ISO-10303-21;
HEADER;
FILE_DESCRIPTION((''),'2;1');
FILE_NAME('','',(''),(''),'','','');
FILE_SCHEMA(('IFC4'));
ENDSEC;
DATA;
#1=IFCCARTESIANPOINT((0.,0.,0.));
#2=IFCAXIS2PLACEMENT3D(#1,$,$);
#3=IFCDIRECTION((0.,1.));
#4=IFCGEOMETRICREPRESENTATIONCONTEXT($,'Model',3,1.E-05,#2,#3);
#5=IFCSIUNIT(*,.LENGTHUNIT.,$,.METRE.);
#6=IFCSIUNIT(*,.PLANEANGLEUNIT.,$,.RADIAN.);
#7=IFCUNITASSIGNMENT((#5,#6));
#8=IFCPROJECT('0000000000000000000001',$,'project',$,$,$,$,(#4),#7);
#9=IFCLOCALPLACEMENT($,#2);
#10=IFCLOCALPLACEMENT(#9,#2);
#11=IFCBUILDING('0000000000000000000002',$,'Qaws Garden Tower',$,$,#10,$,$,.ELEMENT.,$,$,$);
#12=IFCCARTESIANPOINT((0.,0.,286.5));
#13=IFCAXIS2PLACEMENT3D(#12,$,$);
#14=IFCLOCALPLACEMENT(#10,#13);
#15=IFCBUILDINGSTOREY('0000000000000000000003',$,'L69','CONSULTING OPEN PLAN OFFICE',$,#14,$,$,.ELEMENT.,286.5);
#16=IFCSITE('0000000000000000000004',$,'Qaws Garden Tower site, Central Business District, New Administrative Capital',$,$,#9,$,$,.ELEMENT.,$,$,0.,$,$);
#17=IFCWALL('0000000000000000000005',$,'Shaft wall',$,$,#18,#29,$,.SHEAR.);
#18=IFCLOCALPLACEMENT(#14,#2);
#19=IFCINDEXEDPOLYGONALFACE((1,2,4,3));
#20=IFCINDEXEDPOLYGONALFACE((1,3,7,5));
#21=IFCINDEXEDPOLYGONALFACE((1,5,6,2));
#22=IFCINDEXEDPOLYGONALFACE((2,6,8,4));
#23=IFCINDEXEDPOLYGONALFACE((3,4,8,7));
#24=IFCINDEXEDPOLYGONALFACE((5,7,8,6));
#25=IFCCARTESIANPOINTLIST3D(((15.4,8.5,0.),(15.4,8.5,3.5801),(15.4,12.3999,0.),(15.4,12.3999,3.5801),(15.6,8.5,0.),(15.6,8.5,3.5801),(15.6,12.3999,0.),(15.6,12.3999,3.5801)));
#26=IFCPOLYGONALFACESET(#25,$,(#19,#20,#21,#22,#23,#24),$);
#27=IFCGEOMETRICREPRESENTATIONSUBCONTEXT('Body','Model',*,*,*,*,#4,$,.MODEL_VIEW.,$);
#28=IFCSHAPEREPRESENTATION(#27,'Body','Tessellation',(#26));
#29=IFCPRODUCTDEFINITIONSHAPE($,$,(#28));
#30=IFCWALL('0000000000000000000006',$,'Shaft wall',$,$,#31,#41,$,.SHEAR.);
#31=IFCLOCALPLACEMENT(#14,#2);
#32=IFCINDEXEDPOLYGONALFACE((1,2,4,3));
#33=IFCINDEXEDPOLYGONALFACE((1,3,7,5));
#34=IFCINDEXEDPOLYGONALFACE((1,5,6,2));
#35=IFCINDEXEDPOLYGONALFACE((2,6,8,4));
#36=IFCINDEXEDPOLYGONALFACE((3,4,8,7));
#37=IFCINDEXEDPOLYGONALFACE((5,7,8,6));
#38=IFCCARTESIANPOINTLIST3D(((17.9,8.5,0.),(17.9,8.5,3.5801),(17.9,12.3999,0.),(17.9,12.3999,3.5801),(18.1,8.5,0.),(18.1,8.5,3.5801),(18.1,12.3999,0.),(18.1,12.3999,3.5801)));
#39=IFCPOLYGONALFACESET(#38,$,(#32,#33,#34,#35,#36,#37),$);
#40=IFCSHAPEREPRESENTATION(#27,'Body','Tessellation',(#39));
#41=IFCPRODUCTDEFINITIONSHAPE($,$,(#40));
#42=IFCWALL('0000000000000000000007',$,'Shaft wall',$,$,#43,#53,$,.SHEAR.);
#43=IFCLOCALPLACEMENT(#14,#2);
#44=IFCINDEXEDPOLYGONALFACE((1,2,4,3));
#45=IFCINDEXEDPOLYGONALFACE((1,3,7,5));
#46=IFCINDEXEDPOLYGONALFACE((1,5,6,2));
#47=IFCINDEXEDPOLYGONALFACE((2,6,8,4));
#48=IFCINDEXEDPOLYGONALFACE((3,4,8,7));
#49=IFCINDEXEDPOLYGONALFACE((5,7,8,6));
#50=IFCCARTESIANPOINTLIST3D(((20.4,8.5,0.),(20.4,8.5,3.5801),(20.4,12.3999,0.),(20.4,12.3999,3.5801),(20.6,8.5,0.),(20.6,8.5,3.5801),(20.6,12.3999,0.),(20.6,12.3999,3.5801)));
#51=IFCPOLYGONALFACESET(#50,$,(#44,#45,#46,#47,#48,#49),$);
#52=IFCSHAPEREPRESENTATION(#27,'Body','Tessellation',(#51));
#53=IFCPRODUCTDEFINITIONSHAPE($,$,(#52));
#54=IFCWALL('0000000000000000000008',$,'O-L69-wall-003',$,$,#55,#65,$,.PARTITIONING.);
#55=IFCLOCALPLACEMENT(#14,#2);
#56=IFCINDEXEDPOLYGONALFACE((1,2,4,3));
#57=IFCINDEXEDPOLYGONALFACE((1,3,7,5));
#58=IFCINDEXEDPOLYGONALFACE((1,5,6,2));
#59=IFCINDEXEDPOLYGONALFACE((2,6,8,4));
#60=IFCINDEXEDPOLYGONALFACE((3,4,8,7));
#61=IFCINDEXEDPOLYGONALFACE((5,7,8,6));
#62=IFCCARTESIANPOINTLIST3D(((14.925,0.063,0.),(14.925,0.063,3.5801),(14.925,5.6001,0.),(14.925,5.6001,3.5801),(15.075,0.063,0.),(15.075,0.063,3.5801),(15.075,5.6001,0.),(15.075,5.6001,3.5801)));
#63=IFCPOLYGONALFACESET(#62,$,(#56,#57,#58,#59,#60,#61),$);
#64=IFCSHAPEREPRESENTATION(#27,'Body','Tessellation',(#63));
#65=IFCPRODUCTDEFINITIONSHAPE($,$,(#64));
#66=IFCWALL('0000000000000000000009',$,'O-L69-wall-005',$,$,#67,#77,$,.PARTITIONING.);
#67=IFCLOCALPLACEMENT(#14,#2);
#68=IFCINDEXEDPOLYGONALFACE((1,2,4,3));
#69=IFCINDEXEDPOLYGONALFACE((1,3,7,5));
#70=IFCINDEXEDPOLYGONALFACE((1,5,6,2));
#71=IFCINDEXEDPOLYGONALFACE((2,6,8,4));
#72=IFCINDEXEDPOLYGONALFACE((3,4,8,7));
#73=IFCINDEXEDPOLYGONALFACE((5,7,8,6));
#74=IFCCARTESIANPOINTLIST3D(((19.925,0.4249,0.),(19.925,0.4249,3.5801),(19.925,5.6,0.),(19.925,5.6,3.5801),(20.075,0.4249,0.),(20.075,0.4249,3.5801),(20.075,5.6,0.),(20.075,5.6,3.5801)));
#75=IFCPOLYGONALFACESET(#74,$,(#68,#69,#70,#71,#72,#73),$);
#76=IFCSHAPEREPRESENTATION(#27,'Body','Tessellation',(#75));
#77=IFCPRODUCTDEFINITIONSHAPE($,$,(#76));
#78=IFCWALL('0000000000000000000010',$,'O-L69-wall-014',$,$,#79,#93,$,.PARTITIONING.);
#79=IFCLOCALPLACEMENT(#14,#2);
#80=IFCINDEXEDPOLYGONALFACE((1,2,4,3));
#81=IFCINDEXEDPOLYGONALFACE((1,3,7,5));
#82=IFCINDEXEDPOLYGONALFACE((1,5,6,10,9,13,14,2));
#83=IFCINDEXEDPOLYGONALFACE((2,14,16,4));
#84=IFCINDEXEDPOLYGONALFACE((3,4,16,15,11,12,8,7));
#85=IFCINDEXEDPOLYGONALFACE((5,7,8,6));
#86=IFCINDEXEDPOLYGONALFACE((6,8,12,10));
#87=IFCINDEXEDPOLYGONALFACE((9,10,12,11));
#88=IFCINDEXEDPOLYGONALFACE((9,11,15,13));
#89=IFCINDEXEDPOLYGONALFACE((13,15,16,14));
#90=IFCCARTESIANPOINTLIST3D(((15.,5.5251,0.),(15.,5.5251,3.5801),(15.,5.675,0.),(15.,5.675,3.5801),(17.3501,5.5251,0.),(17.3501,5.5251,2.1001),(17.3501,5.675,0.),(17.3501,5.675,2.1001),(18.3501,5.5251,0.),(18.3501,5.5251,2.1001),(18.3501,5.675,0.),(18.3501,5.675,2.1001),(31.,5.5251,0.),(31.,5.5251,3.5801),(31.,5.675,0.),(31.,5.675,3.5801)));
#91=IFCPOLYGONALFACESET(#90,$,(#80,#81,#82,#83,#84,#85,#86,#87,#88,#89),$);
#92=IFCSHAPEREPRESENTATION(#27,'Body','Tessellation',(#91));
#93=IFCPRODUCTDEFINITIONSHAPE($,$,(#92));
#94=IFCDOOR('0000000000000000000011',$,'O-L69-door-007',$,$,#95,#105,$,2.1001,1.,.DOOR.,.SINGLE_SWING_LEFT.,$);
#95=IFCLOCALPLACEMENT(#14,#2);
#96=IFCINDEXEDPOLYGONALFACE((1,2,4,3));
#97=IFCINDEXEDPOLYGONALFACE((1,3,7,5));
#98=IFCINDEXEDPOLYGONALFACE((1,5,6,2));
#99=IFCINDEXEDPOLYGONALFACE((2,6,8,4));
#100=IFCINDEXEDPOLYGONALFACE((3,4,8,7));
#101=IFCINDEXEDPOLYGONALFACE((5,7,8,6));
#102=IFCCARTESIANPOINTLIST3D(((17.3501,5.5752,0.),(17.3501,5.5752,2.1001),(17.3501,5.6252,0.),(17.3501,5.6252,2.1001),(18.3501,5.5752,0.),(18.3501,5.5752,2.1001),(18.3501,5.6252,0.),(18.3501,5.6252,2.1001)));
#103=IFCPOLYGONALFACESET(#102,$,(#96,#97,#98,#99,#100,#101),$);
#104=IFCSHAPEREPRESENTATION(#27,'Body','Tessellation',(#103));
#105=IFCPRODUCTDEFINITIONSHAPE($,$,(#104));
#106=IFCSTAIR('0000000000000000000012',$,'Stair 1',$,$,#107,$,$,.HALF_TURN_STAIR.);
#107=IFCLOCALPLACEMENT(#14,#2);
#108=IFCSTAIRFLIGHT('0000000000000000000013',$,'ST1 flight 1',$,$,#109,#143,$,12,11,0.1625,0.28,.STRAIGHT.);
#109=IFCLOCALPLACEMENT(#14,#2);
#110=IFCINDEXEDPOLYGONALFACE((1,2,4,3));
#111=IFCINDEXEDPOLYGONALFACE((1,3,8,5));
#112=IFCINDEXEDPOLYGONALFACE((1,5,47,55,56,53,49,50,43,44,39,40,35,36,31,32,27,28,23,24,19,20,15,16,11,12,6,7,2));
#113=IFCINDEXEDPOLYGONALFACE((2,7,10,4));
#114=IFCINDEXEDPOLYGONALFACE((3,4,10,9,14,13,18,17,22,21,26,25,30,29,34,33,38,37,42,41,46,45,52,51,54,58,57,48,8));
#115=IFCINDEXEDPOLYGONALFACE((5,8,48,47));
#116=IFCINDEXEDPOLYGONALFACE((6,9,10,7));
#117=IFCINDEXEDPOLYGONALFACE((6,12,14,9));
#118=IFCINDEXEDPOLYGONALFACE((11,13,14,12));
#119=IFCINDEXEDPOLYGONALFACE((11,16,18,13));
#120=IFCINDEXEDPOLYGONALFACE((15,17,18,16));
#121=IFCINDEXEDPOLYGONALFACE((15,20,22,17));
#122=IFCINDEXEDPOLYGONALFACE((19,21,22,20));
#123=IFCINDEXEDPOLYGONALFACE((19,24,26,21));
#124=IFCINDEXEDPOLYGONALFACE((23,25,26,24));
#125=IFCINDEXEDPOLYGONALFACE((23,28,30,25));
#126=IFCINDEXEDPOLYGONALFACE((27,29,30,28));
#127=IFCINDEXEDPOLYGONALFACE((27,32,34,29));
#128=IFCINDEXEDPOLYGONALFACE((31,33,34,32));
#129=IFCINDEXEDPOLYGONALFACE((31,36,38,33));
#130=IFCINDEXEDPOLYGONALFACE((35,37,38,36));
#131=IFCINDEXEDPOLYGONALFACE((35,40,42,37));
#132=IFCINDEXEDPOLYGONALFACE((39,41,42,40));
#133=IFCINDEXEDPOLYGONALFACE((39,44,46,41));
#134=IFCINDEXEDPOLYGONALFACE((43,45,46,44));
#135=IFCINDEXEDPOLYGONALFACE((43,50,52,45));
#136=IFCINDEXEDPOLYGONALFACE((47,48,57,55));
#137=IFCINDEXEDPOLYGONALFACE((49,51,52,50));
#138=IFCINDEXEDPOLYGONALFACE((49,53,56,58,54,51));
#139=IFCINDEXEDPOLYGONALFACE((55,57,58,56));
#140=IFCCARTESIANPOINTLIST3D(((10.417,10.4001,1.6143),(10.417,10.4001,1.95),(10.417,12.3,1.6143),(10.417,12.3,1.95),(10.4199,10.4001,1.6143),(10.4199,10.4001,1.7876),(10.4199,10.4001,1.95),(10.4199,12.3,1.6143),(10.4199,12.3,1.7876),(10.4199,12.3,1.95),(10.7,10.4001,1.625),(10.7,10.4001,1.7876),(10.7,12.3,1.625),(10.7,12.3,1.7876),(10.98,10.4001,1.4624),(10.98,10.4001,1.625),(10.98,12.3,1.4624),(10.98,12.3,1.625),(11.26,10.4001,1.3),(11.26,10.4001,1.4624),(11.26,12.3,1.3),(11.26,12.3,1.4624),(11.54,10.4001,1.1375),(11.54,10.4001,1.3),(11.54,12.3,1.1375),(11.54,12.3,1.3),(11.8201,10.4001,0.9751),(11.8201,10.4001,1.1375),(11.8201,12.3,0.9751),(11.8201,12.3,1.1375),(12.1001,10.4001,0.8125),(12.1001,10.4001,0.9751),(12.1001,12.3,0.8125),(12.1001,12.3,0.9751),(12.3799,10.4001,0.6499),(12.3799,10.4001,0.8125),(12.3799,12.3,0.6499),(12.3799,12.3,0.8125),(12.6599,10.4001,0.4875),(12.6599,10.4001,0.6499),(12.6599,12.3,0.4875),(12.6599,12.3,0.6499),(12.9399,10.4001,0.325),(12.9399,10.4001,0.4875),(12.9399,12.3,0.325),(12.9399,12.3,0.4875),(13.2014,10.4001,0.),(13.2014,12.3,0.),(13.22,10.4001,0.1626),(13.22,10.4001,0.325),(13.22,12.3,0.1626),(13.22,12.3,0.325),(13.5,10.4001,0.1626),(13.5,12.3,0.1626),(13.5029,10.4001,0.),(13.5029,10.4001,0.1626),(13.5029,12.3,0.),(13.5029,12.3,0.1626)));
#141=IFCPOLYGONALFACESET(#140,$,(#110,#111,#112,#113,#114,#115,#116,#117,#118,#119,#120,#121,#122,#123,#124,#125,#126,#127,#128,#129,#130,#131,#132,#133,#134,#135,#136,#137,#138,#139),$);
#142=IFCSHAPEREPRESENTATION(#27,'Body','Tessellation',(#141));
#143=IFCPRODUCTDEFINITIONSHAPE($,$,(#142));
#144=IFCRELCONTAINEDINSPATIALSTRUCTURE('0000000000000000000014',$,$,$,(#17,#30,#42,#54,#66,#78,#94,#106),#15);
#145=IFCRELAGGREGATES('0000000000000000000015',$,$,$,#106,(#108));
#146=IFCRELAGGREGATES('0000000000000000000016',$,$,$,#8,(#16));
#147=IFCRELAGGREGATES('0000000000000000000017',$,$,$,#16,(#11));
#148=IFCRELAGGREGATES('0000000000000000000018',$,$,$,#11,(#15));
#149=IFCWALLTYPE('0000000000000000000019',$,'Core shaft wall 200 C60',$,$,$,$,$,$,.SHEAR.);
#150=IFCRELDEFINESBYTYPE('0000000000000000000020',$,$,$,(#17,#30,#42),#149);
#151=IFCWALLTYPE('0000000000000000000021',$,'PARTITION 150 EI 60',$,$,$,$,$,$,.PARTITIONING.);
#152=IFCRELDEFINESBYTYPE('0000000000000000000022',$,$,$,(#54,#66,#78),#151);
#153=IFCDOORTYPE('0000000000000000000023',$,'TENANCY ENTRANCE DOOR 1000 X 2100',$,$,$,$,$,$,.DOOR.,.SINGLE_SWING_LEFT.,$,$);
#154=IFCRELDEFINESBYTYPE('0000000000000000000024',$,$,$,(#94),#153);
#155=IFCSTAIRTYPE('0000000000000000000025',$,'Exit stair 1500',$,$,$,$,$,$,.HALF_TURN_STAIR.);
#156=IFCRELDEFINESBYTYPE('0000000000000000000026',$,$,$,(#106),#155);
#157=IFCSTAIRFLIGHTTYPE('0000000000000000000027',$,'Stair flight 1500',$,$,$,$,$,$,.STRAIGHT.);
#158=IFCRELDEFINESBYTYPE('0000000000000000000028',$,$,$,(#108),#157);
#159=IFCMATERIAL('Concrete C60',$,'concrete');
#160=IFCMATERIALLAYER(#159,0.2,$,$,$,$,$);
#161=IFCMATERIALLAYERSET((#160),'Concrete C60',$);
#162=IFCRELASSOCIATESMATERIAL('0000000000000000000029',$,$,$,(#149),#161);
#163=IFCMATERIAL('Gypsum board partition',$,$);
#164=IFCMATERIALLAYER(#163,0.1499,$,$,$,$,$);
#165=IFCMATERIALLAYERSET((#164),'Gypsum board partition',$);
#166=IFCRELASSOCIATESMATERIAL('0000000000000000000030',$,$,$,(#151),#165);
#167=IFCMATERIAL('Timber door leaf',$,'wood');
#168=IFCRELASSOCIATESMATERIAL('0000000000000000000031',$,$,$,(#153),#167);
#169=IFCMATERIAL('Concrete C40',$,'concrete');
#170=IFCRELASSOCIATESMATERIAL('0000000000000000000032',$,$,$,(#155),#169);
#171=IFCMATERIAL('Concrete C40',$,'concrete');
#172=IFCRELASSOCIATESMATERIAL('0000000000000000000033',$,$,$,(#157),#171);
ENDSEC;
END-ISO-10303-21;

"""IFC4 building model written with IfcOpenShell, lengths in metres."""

from ifc_helpers import new_model, si_unit, direction, frame, frame_2d, origin, place, context, subcontext, project, spatial, polyline, rectangle, outline, extrude, material, layer, layer_set, type_object, element, fill, aggregate, save


model = new_model("IFC4")

# Units and contexts
model_context = context("Model", 3, precision=1e-05, world=origin(), true_north=direction((0.0, 1.0)))
body_context = subcontext(model_context, "Body", "Model", "MODEL_VIEW")
ifc_project = project(units=[si_unit("LENGTHUNIT", "METRE"), si_unit("PLANEANGLEUNIT", "RADIAN")], contexts=[model_context])

# Site, building, storey
site_placement = place(None, origin())
site = spatial("IfcSite", under=ifc_project, at=site_placement, Name="Qaws Garden Tower site, Central Business District, New Administrative Capital", CompositionType="ELEMENT", RefElevation=0.0)
building_placement = place(site_placement, origin())
building = spatial("IfcBuilding", under=site, at=building_placement, Name="Qaws Garden Tower", CompositionType="ELEMENT")
storey_placement = place(building_placement, frame((0.0, 0.0, 286.5)))
storey = spatial("IfcBuildingStorey", under=building, at=storey_placement, Name="L69", Description="CONSULTING OPEN PLAN OFFICE", CompositionType="ELEMENT", Elevation=286.5)

# Walls
ifc_material_1 = material(Name="Concrete C60", Category="concrete")
ifc_layer_1 = layer(ifc_material_1, 0.2)
ifc_layer_set_1 = layer_set([ifc_layer_1], Name="Concrete C60")
wall_type_1 = type_object("IfcWallType", Name="Core shaft wall 200 C60", PredefinedType="SHEAR", material=ifc_layer_set_1)
for number, where, z_axis, x_axis, name in (
    (1, (15.5, 8.5, 0.0), (0.0, 0.0, 1.0), (0.0, 1.0, 0.0), "Shaft wall"),
    (2, (18.0, 8.5, 0.0), (0.0, 0.0, 1.0), (0.0, 1.0, 0.0), "Shaft wall"),
    (3, (20.5, 8.5, 0.0), (0.0, 0.0, 1.0), (0.0, 1.0, 0.0), "Shaft wall"),
):
    element("IfcWall", number, at=place(storey_placement, frame(where, z_axis=z_axis, x_axis=x_axis)), inside=storey, type_object=wall_type_1, Name=name, PredefinedType="SHEAR", context=body_context, shape_type="SweptSolid", body=[
        extrude(rectangle(XDim=3.8999, YDim=0.2, at=frame_2d((1.95, 0.0))), origin(), (0.0, 0.0, 1.0), 3.5801),
    ])
ifc_material_2 = material(Name="Gypsum board partition")
ifc_layer_2 = layer(ifc_material_2, 0.1499)
ifc_layer_set_2 = layer_set([ifc_layer_2], Name="Gypsum board partition")
wall_type_2 = type_object("IfcWallType", Name="PARTITION 150 EI 60", PredefinedType="PARTITIONING", material=ifc_layer_set_2)
wall_1_placement = place(storey_placement, frame((15.0, 0.063, 0.0), z_axis=(0.0, 0.0, 1.0), x_axis=(0.0, 1.0, 0.0)))
element("IfcWall", 4, at=wall_1_placement, inside=storey, type_object=wall_type_2, Name="O-L69-wall-003", PredefinedType="PARTITIONING", context=body_context, shape_type="SweptSolid", body=[
    extrude(rectangle(XDim=5.5371, YDim=0.1499, at=frame_2d((2.7686, 0.0))), origin(), (0.0, 0.0, 1.0), 3.5801),
])
wall_2_placement = place(storey_placement, frame((20.0, 0.425, 0.0), z_axis=(0.0, 0.0, 1.0), x_axis=(0.0, 1.0, 0.0)))
element("IfcWall", 5, at=wall_2_placement, inside=storey, type_object=wall_type_2, Name="O-L69-wall-005", PredefinedType="PARTITIONING", context=body_context, shape_type="SweptSolid", body=[
    extrude(rectangle(XDim=5.175, YDim=0.1499, at=frame_2d((2.5874, 0.0))), origin(), (0.0, 0.0, 1.0), 3.5801),
])

# Wall, opening, door
wall_3_placement = place(storey_placement, frame((15.0, 5.6001, 0.0), z_axis=(0.0, 0.0, 1.0), x_axis=(1.0, 0.0, 0.0)))
wall_3 = element("IfcWall", 6, at=wall_3_placement, inside=storey, type_object=wall_type_2, Name="O-L69-wall-014", PredefinedType="PARTITIONING", context=body_context, shape_type="SweptSolid", body=[
    extrude(rectangle(XDim=16.0, YDim=0.1499, at=frame_2d((8.0, 0.0))), origin(), (0.0, 0.0, 1.0), 3.5801),
])
opening_1_placement = place(wall_3_placement, frame((2.3501, 0.0, 0.0)))
opening_1 = element("IfcOpeningElement", 7, at=opening_1_placement, cuts=wall_3, PredefinedType="OPENING", context=body_context, shape_type="SweptSolid", body=[
    extrude(rectangle(XDim=1.0, YDim=2.1001, at=frame_2d((0.5, 1.05))), frame((0.0, 0.085, 0.0), z_axis=(0.0, -1.0, 0.0), x_axis=(1.0, 0.0, 0.0)), (0.0, 0.0, 1.0), 0.1699),
])
ifc_material_3 = material(Name="Timber door leaf", Category="wood")
door_type = type_object("IfcDoorType", Name="TENANCY ENTRANCE DOOR 1000 X 2100", OperationType="SINGLE_SWING_LEFT", PredefinedType="DOOR", material=ifc_material_3)
door_placement = place(opening_1_placement, frame((1.0, 0.0, 0.0), z_axis=(0.0, 0.0, 1.0), x_axis=(-1.0, 0.0, 0.0)))
door = element("IfcDoor", 8, at=door_placement, inside=storey, type_object=door_type, Name="O-L69-door-007", OperationType="SINGLE_SWING_LEFT", OverallHeight=2.1001, OverallWidth=1.0, PredefinedType="DOOR", context=body_context, shape_type="SweptSolid", body=[
    extrude(rectangle(XDim=1.0, YDim=2.1001, at=frame_2d((0.5, 1.05))), frame((0.0, 0.0249, 0.0), z_axis=(0.0, -1.0, 0.0), x_axis=(1.0, 0.0, 0.0)), (0.0, 0.0, 1.0), 0.05),
])
fill(opening_1, door)

# Stair, stair flight
ifc_material_4 = material(Name="Concrete C40", Category="concrete")
stair_type = type_object("IfcStairType", Name="Exit stair 1500", PredefinedType="HALF_TURN_STAIR", material=ifc_material_4)
stair_placement = place(storey_placement, origin())
stair = element("IfcStair", 9, at=stair_placement, inside=storey, type_object=stair_type, Name="Stair 1", PredefinedType="HALF_TURN_STAIR")
ifc_material_5 = material(Name="Concrete C40", Category="concrete")
stair_flight_type = type_object("IfcStairFlightType", Name="Stair flight 1500", PredefinedType="STRAIGHT", material=ifc_material_5)
stair_flight_placement = place(storey_placement, frame((13.5, 11.3501, 0.0), z_axis=(0.0, 0.0, 1.0), x_axis=(-1.0, 0.0, 0.0)))
stair_flight = element("IfcStairFlight", 10, at=stair_flight_placement, type_object=stair_flight_type, Name="ST1 flight 1", NumberOfRisers=12, NumberOfTreads=11, PredefinedType="STRAIGHT", RiserHeight=0.1625, TreadLength=0.28, context=body_context, shape_type="SweptSolid", body=[
    extrude(outline(polyline([(-0.0029, 0.0), (-0.0029, 0.1626), (0.0, 0.1626), (0.28, 0.1626), (0.28, 0.325), (0.5601, 0.325), (0.5601, 0.4875), (0.8401, 0.4875), (0.8401, 0.6499), (1.1201, 0.6499), (1.1201, 0.8125), (1.3999, 0.8125), (1.3999, 0.9751), (1.6799, 0.9751), (1.6799, 1.1375), (1.96, 1.1375), (1.96, 1.3), (2.24, 1.3), (2.24, 1.4624), (2.52, 1.4624), (2.52, 1.625), (2.8, 1.625), (2.8, 1.7876), (3.0801, 1.7876), (3.0801, 1.95), (3.083, 1.95), (3.083, 1.6143), (3.0801, 1.6143), (0.2986, 0.0), (-0.0029, 0.0)])), frame((0.0, 0.95, 0.0), z_axis=(0.0, -1.0, 0.0), x_axis=(1.0, 0.0, 0.0)), (0.0, 0.0, 1.0), 1.8999),
])
aggregate(stair, [stair_flight])

save(model, "model.ifc")
